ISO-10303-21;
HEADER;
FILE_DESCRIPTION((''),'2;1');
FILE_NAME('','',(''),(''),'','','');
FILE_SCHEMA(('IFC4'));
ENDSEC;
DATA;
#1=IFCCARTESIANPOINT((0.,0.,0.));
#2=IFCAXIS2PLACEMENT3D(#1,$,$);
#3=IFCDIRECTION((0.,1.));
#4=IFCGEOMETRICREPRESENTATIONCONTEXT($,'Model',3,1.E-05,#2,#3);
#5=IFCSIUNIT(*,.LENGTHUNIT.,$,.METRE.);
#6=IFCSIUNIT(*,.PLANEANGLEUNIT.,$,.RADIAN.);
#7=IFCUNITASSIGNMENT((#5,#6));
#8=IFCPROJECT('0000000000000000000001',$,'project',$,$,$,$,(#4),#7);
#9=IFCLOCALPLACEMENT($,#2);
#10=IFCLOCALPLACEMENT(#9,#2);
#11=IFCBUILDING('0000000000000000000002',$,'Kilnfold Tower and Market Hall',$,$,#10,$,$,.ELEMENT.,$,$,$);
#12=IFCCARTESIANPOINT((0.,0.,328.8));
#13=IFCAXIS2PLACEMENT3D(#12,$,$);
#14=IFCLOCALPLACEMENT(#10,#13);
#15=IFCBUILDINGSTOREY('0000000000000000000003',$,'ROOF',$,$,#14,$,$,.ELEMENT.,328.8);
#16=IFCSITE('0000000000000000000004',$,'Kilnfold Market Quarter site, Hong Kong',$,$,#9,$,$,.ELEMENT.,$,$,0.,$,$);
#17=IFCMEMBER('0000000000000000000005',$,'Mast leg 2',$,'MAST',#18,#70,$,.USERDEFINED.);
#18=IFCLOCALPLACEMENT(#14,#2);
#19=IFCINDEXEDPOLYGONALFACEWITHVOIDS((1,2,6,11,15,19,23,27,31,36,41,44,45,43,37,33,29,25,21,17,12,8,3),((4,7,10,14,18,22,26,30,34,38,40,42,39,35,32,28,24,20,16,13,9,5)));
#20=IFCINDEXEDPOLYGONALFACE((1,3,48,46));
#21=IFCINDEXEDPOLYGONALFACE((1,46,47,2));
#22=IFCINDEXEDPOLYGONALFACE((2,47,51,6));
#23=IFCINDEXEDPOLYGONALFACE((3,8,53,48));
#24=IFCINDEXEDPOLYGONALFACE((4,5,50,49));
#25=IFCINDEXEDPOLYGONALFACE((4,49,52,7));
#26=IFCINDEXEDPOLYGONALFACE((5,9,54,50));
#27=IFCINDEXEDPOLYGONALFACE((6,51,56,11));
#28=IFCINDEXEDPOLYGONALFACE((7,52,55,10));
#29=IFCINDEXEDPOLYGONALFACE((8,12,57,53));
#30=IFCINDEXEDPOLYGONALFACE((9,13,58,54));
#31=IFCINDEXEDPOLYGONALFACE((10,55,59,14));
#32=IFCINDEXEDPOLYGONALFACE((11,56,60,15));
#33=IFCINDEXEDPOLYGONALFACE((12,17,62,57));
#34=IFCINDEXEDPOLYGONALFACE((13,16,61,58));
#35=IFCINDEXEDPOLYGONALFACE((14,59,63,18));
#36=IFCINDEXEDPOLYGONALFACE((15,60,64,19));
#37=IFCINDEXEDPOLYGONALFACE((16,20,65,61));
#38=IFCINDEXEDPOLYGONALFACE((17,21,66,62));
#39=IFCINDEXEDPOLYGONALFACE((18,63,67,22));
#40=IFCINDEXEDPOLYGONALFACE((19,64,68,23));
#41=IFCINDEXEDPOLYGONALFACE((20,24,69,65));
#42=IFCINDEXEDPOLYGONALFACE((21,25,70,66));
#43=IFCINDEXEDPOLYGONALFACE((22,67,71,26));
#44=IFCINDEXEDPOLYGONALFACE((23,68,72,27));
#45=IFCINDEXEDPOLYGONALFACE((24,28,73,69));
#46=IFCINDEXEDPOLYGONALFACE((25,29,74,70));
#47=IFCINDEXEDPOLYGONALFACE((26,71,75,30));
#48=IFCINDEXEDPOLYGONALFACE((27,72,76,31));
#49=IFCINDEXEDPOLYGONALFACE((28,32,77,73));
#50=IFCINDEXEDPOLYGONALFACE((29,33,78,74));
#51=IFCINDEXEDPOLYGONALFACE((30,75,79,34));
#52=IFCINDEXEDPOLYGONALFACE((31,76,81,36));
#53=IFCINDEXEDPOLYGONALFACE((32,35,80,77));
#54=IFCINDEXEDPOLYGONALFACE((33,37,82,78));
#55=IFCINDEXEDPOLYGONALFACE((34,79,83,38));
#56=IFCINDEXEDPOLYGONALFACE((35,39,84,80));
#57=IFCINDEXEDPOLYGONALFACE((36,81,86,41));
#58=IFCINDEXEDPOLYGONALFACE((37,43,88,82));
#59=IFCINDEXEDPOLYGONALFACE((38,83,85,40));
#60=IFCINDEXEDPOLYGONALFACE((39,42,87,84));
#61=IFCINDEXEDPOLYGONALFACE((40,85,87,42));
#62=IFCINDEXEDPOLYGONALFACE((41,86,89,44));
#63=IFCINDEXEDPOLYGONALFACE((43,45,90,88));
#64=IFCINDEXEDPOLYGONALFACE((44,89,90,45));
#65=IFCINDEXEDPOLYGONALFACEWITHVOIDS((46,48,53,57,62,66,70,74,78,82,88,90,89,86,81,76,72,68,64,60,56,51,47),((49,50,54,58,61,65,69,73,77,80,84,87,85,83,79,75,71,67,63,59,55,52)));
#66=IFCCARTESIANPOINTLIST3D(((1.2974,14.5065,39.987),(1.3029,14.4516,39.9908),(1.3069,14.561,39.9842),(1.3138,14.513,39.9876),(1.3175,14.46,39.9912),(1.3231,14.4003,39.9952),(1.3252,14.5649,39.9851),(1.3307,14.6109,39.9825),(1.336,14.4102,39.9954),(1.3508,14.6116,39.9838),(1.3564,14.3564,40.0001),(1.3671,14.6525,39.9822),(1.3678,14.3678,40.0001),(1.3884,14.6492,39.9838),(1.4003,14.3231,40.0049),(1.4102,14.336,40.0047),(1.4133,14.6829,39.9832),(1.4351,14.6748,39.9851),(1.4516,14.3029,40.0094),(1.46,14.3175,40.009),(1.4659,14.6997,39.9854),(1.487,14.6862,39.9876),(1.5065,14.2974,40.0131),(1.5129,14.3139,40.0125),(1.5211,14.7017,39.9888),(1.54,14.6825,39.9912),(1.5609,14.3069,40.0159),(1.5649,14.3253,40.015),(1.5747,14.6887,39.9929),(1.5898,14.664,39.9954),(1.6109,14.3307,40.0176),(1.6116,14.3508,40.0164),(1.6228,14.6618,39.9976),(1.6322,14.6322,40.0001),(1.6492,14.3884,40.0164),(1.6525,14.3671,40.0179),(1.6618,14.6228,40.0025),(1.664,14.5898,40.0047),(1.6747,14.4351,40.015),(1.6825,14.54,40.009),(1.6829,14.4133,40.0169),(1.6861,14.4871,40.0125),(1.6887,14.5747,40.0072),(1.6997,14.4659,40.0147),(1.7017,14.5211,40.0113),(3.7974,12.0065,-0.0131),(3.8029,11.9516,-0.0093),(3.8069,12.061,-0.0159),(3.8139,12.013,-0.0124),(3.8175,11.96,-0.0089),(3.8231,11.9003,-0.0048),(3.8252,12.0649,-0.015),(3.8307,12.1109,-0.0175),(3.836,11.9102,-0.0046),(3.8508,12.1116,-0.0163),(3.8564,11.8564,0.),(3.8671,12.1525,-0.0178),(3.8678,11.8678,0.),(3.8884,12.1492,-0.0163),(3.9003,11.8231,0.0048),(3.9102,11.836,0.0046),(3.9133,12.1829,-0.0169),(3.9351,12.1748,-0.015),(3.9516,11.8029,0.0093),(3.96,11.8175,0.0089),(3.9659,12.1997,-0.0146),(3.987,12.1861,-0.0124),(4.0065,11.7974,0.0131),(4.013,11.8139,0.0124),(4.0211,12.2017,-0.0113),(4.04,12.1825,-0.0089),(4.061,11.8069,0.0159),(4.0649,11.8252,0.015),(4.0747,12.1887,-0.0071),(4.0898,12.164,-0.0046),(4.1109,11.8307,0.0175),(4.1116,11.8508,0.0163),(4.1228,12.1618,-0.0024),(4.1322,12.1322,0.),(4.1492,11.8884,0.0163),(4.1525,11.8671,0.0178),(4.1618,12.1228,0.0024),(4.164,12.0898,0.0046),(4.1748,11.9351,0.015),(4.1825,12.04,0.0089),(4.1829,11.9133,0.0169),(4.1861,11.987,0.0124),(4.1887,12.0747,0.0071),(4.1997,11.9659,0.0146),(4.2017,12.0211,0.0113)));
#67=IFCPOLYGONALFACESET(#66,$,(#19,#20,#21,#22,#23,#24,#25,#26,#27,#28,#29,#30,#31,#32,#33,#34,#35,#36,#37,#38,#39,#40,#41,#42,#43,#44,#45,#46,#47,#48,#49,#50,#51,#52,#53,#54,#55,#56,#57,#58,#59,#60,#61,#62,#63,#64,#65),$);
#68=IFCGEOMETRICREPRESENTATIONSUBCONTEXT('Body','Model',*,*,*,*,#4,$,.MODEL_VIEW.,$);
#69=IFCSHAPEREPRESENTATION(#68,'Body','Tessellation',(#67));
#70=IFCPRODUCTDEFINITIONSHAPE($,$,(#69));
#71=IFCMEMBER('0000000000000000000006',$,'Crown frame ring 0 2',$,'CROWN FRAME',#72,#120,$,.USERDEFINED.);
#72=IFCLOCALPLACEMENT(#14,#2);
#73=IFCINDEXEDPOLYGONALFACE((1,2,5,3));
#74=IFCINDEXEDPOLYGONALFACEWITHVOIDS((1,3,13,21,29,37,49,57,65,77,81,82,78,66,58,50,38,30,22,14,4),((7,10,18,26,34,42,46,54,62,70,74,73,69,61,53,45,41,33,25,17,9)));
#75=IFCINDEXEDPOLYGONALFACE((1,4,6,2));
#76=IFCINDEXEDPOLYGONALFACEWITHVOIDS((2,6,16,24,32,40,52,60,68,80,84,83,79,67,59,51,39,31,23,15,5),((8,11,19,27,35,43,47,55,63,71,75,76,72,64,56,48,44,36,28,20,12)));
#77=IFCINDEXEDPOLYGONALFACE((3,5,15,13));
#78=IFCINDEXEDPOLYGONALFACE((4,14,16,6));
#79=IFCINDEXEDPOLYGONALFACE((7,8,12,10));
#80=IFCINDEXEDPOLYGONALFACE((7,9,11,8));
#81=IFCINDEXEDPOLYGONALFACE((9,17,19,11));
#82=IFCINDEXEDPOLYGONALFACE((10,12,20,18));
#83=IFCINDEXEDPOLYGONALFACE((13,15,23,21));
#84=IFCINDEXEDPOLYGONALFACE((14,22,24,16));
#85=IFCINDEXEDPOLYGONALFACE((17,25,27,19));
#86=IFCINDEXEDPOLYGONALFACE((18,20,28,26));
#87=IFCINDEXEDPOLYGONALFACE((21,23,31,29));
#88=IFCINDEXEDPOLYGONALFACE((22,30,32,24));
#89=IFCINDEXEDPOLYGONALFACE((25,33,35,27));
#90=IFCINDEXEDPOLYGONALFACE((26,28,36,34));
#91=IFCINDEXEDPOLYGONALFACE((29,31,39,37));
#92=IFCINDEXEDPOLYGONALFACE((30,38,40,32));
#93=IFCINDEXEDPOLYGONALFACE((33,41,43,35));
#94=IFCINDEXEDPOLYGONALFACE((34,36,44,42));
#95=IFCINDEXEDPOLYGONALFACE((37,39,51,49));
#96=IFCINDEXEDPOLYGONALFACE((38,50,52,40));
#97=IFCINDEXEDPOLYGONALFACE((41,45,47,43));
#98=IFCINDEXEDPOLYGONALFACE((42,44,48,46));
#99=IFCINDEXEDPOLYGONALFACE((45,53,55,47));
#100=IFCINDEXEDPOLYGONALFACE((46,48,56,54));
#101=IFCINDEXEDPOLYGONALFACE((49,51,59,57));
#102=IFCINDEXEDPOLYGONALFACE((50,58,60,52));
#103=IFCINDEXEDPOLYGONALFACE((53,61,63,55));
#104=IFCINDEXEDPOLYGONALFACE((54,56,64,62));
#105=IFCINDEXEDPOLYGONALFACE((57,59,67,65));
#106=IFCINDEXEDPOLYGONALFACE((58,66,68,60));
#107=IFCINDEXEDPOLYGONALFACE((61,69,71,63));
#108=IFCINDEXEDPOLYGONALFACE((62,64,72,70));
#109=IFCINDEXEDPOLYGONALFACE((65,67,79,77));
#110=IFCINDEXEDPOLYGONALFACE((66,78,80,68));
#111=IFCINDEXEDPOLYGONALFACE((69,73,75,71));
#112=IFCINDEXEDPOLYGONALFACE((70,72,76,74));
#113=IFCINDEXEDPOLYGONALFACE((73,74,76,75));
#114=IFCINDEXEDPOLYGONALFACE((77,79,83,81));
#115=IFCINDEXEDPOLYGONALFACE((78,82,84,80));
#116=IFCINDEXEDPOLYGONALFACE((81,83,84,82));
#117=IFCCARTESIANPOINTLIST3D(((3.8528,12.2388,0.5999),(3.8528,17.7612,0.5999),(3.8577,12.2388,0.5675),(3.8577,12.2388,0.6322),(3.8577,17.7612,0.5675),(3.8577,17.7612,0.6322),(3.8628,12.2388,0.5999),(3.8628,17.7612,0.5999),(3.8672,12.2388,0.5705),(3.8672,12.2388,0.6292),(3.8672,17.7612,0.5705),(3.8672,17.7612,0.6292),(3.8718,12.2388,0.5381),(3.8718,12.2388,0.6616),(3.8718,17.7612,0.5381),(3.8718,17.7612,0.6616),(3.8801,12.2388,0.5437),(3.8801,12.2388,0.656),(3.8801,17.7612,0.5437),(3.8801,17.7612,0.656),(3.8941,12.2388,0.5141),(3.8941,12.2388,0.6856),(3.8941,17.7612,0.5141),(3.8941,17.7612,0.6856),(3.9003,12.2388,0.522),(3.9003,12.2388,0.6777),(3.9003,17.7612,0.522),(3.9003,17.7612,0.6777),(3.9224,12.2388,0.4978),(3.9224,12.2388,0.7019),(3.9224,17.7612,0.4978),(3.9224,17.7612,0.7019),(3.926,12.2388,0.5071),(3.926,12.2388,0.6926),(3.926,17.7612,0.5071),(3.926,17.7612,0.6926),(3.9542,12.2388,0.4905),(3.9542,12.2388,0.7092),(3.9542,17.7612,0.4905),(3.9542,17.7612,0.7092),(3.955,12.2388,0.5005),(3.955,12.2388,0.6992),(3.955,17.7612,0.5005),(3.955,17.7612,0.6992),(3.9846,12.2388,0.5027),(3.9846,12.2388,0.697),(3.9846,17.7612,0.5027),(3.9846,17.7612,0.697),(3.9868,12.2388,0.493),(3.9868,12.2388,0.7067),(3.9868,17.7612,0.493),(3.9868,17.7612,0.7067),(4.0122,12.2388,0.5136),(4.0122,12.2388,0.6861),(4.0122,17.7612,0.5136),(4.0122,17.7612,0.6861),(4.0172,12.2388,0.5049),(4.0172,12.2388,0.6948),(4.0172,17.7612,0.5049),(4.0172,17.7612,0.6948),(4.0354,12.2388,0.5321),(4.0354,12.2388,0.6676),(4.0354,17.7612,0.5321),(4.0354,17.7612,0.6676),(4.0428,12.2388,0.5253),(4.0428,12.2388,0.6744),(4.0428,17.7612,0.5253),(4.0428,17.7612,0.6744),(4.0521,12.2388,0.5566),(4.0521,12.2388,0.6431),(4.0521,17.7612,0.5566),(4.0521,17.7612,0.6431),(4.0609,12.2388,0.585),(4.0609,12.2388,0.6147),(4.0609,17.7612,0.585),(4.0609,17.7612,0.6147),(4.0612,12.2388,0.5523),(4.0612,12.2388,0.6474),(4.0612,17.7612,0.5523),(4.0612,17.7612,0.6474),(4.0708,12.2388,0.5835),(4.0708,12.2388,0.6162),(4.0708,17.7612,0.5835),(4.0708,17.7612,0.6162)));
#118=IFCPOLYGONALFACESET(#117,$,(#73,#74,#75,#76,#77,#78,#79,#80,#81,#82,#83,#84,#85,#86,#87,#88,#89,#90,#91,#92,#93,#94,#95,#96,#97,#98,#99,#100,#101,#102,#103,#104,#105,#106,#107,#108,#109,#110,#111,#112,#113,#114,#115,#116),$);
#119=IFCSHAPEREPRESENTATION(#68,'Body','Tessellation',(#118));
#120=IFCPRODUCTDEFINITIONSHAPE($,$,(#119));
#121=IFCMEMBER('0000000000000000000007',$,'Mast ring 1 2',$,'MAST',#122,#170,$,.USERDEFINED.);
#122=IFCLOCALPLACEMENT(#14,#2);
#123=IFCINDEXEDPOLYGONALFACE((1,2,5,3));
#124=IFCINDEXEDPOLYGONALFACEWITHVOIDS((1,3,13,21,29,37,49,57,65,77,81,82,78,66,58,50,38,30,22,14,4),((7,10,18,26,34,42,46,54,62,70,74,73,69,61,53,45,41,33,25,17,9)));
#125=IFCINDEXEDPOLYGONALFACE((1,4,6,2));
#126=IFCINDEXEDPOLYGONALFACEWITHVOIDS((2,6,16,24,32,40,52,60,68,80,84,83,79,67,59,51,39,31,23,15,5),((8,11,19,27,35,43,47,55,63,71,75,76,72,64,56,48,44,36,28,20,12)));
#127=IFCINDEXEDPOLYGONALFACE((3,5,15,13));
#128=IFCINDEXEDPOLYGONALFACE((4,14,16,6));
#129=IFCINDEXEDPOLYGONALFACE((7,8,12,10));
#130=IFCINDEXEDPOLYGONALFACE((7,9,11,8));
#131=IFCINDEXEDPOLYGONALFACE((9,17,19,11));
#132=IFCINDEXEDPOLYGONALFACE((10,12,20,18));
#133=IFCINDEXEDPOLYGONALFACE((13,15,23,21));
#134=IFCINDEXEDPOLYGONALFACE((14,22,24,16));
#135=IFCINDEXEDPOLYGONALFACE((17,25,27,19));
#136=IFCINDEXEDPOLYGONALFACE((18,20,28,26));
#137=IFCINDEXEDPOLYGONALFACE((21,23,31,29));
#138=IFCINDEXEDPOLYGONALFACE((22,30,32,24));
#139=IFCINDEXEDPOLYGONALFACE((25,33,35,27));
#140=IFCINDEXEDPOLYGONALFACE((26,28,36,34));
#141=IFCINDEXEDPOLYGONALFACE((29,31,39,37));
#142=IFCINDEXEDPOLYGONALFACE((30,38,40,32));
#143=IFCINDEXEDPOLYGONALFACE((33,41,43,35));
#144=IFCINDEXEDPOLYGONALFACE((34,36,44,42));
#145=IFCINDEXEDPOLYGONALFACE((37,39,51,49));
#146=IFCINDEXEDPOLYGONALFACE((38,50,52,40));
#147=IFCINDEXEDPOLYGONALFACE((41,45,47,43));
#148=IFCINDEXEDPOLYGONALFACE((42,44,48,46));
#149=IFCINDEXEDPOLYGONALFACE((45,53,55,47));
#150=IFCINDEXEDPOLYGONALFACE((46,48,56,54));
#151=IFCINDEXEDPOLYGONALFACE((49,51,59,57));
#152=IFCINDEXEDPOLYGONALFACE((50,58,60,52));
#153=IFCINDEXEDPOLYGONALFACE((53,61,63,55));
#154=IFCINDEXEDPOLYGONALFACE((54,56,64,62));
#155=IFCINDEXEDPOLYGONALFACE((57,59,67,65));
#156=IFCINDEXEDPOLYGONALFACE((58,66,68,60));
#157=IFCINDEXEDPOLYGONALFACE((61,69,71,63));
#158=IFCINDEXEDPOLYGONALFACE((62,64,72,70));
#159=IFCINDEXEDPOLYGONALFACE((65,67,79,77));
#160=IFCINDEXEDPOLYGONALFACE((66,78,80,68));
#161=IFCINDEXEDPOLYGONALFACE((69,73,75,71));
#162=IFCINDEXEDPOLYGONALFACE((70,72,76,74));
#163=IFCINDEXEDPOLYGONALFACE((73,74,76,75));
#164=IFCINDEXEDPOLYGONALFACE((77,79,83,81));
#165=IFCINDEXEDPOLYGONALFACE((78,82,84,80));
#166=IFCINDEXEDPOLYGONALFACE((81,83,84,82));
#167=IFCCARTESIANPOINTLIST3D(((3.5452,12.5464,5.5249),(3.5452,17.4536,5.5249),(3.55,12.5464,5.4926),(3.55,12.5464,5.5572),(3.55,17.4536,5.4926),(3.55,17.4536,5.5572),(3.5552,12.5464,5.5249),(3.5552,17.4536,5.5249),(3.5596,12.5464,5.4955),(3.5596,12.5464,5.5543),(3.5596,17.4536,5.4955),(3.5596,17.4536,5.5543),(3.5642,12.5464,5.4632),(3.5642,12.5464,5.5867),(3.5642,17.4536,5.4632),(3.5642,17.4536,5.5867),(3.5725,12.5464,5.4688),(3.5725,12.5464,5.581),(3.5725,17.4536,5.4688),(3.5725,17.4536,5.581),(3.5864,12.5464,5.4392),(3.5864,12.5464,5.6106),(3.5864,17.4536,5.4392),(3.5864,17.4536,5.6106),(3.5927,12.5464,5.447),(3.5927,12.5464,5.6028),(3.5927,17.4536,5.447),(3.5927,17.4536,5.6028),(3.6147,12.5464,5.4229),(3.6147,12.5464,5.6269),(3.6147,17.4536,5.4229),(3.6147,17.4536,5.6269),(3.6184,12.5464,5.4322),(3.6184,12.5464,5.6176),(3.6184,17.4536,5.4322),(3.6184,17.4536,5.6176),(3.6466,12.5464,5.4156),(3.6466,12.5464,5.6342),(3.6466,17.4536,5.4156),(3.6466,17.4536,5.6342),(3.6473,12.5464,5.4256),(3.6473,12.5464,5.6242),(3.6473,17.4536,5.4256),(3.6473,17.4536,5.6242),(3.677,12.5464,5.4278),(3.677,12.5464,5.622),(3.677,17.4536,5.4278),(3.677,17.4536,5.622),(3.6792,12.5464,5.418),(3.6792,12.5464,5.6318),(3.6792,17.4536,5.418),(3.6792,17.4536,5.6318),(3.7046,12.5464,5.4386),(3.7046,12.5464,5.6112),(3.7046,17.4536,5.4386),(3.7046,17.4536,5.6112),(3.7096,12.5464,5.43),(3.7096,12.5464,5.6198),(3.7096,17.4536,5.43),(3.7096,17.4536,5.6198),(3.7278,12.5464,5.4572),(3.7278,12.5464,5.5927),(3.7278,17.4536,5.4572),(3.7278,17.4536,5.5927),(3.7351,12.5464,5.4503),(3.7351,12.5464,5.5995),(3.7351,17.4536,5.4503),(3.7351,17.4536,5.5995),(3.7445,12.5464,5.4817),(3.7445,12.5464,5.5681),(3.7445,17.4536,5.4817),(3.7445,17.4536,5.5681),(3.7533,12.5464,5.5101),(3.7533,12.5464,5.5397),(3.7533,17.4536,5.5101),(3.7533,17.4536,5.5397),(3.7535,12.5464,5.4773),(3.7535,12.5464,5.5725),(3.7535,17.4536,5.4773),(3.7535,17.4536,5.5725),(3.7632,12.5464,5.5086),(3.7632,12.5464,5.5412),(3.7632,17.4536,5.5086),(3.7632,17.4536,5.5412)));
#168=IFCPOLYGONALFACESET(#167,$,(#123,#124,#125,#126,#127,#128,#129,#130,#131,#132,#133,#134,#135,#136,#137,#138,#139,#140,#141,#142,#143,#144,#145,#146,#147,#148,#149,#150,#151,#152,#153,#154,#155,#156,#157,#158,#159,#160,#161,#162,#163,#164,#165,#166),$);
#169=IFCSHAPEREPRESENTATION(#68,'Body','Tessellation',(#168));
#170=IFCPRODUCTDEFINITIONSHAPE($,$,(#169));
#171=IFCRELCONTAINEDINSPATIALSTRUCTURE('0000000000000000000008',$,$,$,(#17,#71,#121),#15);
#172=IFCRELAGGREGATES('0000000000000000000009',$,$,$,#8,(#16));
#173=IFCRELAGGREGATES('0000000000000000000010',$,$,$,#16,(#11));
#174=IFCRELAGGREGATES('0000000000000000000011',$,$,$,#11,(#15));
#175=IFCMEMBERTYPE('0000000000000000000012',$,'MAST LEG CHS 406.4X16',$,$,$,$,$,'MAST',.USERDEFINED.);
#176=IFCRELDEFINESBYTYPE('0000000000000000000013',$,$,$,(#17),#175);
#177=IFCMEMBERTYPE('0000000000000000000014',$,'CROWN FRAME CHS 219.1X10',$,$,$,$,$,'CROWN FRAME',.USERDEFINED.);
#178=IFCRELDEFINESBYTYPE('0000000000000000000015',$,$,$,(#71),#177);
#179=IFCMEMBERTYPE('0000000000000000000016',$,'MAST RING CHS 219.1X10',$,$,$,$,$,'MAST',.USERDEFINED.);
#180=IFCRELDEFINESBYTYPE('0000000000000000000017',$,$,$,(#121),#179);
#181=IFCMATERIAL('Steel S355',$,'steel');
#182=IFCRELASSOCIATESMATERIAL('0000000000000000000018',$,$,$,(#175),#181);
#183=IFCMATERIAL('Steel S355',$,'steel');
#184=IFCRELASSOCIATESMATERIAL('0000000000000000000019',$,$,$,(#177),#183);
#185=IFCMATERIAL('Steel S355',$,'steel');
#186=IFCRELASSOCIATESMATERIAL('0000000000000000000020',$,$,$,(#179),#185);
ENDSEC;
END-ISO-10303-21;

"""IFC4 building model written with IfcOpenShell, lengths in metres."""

from ifc_helpers import new_model, si_unit, direction, frame, origin, origin_2d, place, context, subcontext, project, spatial, hollow_circle, extrude, source, transform, mapped, material, material_profile, profile_set, type_object, element, save


model = new_model("IFC4")

# Units and contexts
model_context = context("Model", 3, precision=1e-05, world=origin(), true_north=direction((0.0, 1.0)))
body_context = subcontext(model_context, "Body", "Model", "MODEL_VIEW")
ifc_project = project(units=[si_unit("LENGTHUNIT", "METRE"), si_unit("PLANEANGLEUNIT", "RADIAN")], contexts=[model_context])

# Site, building, storey
site_placement = place(None, origin())
site = spatial("IfcSite", under=ifc_project, at=site_placement, Name="Kilnfold Market Quarter site, Hong Kong", CompositionType="ELEMENT", RefElevation=0.0)
building_placement = place(site_placement, origin())
building = spatial("IfcBuilding", under=site, at=building_placement, Name="Kilnfold Tower and Market Hall", CompositionType="ELEMENT")
storey_placement = place(building_placement, frame((0.0, 0.0, 328.8)))
storey = spatial("IfcBuildingStorey", under=building, at=storey_placement, Name="ROOF", CompositionType="ELEMENT", Elevation=328.8)

# Members
ifc_material_1 = material(Name="Steel S355", Category="steel")
ifc_material_profile_1 = material_profile(ifc_material_1, hollow_circle(Radius=0.2031, WallThickness=0.0161, at=origin_2d()), Name="CHS 406.4x16")
ifc_profile_set_1 = profile_set([ifc_material_profile_1], Name="Steel S355")
member_type_1 = type_object("IfcMemberType", Name="MAST LEG CHS 406.4X16", ElementType="MAST", PredefinedType="USERDEFINED", material=ifc_profile_set_1)
shared_shape_1 = source(origin(), body_context, "Body", "SweptSolid", [
    extrude(hollow_circle(Radius=0.2031, WallThickness=0.0161, at=origin_2d()), origin(), (0.0, 0.0, 1.0), 40.156),
])
member_1_placement = place(storey_placement, frame((4.0, 12.0, 0.0), z_axis=(-0.062257, 0.062257, 0.996116), x_axis=(-0.707107, -0.707107, 0.0)))
element("IfcMember", 1, at=member_1_placement, inside=storey, type_object=member_type_1, Name="Mast leg 2", ObjectType="MAST", PredefinedType="USERDEFINED", context=body_context, shape_type="MappedRepresentation", body=[
    mapped(shared_shape_1, transform((0.0, 0.0, 0.0))),
])
ifc_material_2 = material(Name="Steel S355", Category="steel")
ifc_material_profile_2 = material_profile(ifc_material_2, hollow_circle(Radius=0.1096, WallThickness=0.01, at=origin_2d()), Name="CHS 219.1x10")
ifc_profile_set_2 = profile_set([ifc_material_profile_2], Name="Steel S355")
member_type_2 = type_object("IfcMemberType", Name="CROWN FRAME CHS 219.1X10", ElementType="CROWN FRAME", PredefinedType="USERDEFINED", material=ifc_profile_set_2)
shared_shape_2 = source(origin(), body_context, "Body", "SweptSolid", [
    extrude(hollow_circle(Radius=0.1096, WallThickness=0.01, at=origin_2d()), origin(), (0.0, 0.0, 1.0), 5.5225),
])
member_2_placement = place(storey_placement, frame((3.9624, 12.2388, 0.5999), z_axis=(0.0, 1.0, 0.0), x_axis=(-1.0, 0.0, 0.0)))
element("IfcMember", 2, at=member_2_placement, inside=storey, type_object=member_type_2, Name="Crown frame ring 0 2", ObjectType="CROWN FRAME", PredefinedType="USERDEFINED", context=body_context, shape_type="MappedRepresentation", body=[
    mapped(shared_shape_2, transform((0.0, 0.0, 0.0))),
])
ifc_material_3 = material(Name="Steel S355", Category="steel")
ifc_material_profile_3 = material_profile(ifc_material_3, hollow_circle(Radius=0.1096, WallThickness=0.01, at=origin_2d()), Name="CHS 219.1x10")
ifc_profile_set_3 = profile_set([ifc_material_profile_3], Name="Steel S355")
member_type_3 = type_object("IfcMemberType", Name="MAST RING CHS 219.1X10", ElementType="MAST", PredefinedType="USERDEFINED", material=ifc_profile_set_3)
shared_shape_3 = source(origin(), body_context, "Body", "SweptSolid", [
    extrude(hollow_circle(Radius=0.1096, WallThickness=0.01, at=origin_2d()), origin(), (0.0, 0.0, 1.0), 4.9072),
])
member_3_placement = place(storey_placement, frame((3.6548, 12.5464, 5.5249), z_axis=(0.0, 1.0, 0.0), x_axis=(-1.0, 0.0, 0.0)))
element("IfcMember", 3, at=member_3_placement, inside=storey, type_object=member_type_3, Name="Mast ring 1 2", ObjectType="MAST", PredefinedType="USERDEFINED", context=body_context, shape_type="MappedRepresentation", body=[
    mapped(shared_shape_3, transform((0.0, 0.0, 0.0))),
])

save(model, "model.ifc")
